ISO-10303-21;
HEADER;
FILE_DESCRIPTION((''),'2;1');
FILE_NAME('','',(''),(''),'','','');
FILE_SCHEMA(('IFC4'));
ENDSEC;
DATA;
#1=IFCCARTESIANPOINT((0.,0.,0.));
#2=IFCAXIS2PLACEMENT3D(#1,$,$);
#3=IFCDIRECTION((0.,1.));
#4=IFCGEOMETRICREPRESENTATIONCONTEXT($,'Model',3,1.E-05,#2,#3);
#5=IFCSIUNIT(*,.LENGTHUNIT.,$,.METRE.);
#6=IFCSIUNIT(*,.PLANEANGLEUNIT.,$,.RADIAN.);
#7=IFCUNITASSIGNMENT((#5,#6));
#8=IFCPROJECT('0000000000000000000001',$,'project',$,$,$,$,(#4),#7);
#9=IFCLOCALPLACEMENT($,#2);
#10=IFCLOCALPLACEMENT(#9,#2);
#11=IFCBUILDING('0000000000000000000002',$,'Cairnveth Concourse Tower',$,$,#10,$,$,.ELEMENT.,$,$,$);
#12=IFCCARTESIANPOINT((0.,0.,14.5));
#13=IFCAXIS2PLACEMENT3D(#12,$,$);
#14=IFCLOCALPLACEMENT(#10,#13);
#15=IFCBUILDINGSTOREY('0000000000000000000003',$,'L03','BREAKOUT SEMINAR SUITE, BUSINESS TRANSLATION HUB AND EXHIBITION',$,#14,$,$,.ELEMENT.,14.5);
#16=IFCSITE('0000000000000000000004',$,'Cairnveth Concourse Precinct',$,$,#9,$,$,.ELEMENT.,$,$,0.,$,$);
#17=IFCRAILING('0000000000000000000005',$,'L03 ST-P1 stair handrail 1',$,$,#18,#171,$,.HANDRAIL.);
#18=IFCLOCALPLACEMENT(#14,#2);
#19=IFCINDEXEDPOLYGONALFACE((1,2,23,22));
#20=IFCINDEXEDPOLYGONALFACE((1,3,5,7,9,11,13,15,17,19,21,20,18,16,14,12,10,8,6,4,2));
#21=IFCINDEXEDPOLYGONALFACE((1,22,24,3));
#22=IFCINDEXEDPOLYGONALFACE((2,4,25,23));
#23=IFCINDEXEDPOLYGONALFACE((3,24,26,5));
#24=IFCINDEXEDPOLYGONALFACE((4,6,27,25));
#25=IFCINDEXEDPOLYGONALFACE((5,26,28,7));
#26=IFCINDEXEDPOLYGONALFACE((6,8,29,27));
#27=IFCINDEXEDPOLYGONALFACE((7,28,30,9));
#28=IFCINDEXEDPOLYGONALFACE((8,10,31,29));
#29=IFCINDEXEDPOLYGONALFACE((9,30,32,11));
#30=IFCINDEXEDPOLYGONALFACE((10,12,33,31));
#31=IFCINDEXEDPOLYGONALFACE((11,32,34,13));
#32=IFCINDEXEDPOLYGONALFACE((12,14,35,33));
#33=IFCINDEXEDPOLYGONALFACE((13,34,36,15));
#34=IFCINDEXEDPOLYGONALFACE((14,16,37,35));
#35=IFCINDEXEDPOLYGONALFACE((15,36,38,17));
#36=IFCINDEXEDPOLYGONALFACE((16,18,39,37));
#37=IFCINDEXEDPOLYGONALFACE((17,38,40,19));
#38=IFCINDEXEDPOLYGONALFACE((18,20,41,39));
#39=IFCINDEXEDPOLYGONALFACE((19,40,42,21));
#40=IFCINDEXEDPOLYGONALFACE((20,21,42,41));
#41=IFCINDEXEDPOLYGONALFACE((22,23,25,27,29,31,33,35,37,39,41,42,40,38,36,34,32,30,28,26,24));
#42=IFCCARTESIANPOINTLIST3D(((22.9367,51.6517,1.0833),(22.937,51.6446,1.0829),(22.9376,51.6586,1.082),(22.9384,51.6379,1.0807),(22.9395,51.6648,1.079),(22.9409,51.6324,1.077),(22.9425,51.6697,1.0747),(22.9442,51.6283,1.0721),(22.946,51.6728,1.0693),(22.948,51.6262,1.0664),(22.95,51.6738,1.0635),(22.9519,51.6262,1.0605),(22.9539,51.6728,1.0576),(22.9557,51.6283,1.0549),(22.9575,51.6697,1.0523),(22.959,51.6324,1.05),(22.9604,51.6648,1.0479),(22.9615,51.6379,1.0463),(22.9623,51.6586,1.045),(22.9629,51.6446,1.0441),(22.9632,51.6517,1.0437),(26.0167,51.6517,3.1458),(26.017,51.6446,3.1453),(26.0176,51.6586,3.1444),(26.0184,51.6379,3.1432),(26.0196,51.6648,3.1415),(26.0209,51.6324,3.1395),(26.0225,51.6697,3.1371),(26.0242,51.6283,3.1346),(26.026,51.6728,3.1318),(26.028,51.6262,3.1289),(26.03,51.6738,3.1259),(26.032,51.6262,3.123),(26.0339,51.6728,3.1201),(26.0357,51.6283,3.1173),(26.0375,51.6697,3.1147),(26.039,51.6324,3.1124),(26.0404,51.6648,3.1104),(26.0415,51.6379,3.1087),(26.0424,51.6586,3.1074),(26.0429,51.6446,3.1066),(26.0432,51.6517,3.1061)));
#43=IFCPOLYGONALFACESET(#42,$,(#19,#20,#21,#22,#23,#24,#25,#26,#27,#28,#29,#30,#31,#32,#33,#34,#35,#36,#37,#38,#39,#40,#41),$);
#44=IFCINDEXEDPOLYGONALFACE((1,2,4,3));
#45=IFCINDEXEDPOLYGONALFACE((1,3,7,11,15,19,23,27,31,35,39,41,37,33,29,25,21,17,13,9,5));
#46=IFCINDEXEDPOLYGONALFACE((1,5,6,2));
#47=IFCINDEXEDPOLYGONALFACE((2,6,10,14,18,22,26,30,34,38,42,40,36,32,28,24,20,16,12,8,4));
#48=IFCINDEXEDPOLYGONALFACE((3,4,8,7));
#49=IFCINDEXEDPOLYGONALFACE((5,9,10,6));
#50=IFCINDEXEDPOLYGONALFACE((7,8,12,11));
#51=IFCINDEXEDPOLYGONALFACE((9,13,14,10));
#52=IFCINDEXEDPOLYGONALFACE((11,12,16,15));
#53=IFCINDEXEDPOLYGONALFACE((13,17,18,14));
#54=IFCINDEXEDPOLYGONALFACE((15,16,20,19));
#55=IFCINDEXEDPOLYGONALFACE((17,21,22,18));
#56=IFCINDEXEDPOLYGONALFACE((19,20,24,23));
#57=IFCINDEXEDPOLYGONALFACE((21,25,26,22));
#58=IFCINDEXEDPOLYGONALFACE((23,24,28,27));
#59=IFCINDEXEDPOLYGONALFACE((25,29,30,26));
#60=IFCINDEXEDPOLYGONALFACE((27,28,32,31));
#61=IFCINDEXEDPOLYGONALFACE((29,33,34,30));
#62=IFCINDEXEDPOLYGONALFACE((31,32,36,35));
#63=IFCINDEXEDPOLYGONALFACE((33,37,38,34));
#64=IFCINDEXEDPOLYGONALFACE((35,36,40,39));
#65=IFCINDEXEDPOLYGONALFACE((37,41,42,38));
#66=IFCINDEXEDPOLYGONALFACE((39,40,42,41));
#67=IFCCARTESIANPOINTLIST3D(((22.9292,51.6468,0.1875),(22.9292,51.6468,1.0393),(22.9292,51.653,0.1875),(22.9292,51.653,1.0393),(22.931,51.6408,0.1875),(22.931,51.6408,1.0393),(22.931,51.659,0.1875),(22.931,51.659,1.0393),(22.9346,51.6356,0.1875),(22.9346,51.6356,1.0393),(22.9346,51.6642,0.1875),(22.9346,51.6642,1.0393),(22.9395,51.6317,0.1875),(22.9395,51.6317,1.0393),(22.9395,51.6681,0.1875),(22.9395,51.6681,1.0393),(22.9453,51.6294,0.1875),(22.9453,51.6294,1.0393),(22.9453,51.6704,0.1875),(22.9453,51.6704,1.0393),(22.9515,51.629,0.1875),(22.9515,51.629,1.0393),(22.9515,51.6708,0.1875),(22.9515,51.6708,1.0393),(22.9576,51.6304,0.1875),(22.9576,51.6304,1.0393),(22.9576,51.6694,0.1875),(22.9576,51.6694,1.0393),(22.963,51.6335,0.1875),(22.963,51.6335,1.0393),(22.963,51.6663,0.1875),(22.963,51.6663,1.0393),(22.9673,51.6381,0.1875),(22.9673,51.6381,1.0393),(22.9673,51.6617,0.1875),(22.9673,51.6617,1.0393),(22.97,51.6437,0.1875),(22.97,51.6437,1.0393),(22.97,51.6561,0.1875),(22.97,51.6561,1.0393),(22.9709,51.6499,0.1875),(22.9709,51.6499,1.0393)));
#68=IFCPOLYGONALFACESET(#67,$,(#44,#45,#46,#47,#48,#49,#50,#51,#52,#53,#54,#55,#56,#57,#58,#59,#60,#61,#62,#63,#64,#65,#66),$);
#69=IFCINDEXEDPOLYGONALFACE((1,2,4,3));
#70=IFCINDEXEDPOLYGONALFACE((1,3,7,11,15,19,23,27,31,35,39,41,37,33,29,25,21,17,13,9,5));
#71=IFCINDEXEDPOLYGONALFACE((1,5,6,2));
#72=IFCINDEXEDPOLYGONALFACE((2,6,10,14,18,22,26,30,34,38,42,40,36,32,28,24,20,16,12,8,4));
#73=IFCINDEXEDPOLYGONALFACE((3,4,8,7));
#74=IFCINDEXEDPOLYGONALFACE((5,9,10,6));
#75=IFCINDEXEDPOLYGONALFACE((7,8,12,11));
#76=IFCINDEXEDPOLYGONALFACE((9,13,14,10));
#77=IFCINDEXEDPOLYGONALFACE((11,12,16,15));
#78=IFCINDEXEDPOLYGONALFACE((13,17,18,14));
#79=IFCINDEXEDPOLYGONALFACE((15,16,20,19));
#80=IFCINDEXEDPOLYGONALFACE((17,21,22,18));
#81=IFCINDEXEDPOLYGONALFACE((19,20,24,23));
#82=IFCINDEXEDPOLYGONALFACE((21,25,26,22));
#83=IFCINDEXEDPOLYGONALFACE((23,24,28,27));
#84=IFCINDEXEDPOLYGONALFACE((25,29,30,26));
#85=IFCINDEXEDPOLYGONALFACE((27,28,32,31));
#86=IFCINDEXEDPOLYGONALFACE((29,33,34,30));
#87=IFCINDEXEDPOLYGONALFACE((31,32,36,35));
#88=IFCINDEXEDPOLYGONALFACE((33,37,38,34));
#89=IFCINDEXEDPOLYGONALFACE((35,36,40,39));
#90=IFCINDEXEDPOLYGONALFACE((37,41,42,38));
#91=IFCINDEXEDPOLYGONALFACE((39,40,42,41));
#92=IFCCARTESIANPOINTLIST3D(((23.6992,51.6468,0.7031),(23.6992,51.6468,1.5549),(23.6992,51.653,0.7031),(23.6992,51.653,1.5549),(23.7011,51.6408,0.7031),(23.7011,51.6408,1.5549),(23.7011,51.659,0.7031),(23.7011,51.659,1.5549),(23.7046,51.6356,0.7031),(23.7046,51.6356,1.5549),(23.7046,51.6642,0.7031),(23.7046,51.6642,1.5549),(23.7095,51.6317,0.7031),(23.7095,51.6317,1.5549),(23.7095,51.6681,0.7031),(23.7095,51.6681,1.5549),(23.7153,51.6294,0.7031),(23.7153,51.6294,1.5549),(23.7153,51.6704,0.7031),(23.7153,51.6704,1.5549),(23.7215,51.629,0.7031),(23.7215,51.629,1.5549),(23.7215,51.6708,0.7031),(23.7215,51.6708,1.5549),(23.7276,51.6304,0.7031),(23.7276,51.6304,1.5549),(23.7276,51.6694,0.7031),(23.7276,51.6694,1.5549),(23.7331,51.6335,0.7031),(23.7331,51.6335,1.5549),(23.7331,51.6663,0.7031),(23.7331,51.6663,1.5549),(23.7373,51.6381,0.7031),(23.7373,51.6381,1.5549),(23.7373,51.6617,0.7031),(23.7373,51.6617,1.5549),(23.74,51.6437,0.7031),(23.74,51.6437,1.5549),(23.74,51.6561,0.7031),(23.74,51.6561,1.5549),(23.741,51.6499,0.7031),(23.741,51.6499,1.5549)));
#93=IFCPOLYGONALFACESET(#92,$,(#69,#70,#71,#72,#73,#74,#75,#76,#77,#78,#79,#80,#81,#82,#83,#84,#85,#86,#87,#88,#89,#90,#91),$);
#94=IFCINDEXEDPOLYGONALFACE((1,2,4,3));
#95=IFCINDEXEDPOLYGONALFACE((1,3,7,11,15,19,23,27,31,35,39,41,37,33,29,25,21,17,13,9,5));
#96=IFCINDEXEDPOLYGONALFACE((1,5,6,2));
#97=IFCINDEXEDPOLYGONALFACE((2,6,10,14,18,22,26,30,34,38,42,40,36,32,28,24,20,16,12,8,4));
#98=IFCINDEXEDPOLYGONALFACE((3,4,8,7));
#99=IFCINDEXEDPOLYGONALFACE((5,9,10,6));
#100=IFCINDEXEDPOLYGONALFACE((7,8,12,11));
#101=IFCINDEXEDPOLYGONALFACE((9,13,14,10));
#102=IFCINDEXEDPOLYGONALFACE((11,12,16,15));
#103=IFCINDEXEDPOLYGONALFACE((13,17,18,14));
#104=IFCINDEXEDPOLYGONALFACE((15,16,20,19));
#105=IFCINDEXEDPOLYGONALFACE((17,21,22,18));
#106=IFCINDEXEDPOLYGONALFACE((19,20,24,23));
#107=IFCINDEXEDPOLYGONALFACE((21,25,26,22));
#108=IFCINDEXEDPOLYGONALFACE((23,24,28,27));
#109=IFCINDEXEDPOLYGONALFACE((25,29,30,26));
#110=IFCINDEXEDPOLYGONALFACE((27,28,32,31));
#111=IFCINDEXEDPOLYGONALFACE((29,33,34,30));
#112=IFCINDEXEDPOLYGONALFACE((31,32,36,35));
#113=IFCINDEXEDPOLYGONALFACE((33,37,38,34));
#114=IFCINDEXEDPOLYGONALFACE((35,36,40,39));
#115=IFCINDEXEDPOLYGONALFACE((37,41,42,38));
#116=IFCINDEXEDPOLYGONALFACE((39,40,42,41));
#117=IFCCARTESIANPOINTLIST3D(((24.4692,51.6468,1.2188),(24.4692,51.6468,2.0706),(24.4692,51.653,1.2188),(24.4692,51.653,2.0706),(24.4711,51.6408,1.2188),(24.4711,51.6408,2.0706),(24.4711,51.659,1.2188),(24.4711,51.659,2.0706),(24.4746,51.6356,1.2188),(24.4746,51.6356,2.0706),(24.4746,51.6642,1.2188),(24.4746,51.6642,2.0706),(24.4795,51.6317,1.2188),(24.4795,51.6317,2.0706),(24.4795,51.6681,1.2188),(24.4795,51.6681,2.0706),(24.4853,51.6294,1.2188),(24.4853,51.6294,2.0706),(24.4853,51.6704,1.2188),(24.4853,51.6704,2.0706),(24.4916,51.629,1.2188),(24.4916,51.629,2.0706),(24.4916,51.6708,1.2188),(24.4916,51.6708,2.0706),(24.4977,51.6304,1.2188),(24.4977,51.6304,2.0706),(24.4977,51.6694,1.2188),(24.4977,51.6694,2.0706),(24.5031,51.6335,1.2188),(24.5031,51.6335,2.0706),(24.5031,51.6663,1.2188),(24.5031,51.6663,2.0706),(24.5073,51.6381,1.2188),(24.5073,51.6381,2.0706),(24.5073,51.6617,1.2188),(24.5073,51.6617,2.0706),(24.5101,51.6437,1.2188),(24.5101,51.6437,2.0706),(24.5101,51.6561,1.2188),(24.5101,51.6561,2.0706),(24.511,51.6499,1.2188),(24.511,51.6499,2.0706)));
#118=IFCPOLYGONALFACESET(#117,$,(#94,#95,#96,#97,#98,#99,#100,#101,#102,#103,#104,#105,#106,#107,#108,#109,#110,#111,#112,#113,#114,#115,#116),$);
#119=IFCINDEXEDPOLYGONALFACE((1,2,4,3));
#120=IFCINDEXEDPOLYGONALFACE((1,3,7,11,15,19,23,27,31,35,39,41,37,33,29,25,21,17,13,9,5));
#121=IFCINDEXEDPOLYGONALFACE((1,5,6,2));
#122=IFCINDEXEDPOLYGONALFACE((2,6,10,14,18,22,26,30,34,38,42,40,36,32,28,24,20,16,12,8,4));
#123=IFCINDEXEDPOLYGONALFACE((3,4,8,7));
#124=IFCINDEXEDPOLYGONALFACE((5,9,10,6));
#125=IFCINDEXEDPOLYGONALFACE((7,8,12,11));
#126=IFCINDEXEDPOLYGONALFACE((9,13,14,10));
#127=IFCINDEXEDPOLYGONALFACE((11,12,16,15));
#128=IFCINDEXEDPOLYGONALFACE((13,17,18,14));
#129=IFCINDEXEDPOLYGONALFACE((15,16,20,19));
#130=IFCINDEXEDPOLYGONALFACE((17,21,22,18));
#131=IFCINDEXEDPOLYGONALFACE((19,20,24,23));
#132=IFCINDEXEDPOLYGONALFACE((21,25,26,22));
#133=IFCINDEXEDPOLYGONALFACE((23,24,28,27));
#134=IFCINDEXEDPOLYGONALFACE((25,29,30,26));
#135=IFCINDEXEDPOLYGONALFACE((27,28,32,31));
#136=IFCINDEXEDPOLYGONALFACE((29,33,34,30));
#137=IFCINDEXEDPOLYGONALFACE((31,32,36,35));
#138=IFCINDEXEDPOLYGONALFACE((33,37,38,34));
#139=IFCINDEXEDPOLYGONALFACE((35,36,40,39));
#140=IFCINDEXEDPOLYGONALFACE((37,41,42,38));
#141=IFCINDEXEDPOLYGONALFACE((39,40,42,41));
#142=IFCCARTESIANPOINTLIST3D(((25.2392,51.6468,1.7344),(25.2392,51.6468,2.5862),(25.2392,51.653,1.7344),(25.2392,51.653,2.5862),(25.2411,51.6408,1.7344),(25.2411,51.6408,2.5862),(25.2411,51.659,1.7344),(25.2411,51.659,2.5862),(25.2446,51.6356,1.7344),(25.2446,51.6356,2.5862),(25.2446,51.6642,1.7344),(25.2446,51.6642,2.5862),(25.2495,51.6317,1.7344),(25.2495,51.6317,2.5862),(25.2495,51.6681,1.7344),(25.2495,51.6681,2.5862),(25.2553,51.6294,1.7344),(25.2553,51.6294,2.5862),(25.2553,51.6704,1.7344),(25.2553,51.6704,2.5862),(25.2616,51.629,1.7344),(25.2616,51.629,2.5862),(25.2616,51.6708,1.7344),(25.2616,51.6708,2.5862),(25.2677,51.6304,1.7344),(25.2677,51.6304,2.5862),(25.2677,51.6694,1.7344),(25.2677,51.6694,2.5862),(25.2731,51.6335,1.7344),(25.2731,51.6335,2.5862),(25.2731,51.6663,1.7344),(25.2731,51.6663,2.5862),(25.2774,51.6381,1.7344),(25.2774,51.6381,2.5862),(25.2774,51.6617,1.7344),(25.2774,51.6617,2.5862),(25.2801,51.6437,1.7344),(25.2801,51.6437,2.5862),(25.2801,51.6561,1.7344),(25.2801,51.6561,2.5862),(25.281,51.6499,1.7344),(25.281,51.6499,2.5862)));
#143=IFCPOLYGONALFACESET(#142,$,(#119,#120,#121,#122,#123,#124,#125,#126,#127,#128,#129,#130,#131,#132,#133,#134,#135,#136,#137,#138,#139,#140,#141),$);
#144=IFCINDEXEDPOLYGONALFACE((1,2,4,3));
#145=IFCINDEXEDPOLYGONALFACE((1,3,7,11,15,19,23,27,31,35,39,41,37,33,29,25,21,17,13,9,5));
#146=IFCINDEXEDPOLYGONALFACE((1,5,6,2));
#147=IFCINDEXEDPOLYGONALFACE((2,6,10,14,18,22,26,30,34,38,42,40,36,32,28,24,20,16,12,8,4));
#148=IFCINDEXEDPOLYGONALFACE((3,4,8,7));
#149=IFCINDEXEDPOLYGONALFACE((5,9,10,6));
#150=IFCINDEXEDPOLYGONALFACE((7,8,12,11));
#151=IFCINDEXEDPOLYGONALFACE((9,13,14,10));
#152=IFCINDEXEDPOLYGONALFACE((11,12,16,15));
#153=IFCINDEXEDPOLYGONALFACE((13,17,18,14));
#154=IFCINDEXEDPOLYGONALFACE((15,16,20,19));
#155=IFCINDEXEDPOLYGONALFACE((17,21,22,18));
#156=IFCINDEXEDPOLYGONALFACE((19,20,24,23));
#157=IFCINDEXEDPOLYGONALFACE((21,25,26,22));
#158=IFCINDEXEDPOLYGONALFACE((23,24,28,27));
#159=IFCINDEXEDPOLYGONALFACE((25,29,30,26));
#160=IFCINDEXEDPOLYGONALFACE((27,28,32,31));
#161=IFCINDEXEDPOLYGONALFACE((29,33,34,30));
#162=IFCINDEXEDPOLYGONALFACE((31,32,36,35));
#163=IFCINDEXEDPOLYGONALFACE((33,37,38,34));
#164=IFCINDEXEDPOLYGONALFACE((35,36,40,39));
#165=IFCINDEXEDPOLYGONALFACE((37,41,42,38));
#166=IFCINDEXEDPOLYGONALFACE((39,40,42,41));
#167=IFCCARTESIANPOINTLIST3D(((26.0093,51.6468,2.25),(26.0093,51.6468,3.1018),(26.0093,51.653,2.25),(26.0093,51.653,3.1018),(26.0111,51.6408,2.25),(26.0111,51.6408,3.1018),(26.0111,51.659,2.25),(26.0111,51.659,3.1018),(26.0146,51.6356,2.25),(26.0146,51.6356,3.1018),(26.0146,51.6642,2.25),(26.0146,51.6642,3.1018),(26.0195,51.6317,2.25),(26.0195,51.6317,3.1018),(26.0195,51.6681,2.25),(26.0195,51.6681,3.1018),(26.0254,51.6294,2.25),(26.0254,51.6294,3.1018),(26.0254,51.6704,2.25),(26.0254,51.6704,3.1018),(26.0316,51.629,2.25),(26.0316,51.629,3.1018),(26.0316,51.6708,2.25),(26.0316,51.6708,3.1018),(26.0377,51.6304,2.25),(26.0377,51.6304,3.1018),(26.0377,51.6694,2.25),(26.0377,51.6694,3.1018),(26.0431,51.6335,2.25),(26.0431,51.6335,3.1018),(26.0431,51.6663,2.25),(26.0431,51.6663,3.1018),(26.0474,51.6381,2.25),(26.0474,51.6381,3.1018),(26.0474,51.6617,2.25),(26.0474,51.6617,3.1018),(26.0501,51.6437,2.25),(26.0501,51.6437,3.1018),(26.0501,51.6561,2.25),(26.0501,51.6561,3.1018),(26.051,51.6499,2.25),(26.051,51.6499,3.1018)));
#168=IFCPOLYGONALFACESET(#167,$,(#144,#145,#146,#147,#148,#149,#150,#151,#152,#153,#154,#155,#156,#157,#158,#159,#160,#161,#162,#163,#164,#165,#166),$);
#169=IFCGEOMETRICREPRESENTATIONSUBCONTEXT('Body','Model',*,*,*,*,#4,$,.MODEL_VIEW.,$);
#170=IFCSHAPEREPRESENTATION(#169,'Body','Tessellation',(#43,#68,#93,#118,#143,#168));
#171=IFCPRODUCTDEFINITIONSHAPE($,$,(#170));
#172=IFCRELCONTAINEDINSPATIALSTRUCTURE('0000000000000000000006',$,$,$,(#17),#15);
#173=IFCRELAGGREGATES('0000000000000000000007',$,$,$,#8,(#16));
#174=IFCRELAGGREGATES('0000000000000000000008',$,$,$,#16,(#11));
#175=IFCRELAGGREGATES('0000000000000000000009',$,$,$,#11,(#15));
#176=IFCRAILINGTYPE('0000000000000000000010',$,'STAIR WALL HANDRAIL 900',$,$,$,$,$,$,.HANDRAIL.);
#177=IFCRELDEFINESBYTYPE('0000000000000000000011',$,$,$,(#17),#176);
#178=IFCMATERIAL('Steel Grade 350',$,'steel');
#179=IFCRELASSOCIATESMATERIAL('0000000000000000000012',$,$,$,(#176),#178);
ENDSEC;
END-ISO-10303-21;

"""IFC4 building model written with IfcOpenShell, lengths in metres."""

from ifc_helpers import new_model, si_unit, direction, frame, origin, origin_2d, place, context, subcontext, project, spatial, circle, extrude, material, type_object, element, save


model = new_model("IFC4")

# Units and contexts
model_context = context("Model", 3, precision=1e-05, world=origin(), true_north=direction((0.0, 1.0)))
body_context = subcontext(model_context, "Body", "Model", "MODEL_VIEW")
ifc_project = project(units=[si_unit("LENGTHUNIT", "METRE"), si_unit("PLANEANGLEUNIT", "RADIAN")], contexts=[model_context])

# Site, building, storey
site_placement = place(None, origin())
site = spatial("IfcSite", under=ifc_project, at=site_placement, Name="Cairnveth Concourse Precinct", CompositionType="ELEMENT", RefElevation=0.0)
building_placement = place(site_placement, origin())
building = spatial("IfcBuilding", under=site, at=building_placement, Name="Cairnveth Concourse Tower", CompositionType="ELEMENT")
storey_placement = place(building_placement, frame((0.0, 0.0, 14.5)))
storey = spatial("IfcBuildingStorey", under=building, at=storey_placement, Name="L03", Description="BREAKOUT SEMINAR SUITE, BUSINESS TRANSLATION HUB AND EXHIBITION", CompositionType="ELEMENT", Elevation=14.5)

# Shared definitions
ifc_material_1 = material(Name="Steel Grade 350", Category="steel")

# Railing
railing_type = type_object("IfcRailingType", Name="STAIR WALL HANDRAIL 900", PredefinedType="HANDRAIL", material=ifc_material_1)
railing_placement = place(storey_placement, frame((22.95, 51.6499, 0.1875)))
element("IfcRailing", 1, at=railing_placement, inside=storey, type_object=railing_type, Name="L03 ST-P1 stair handrail 1", PredefinedType="HANDRAIL", context=body_context, shape_type="SweptSolid", body=[
    extrude(circle(Radius=0.0239, at=origin_2d()), frame((0.0, 0.0, 0.876), z_axis=(0.830914, 0.0, 0.556401), x_axis=(0.0, 1.0, 0.0)), (0.0, 0.0, 1.0), 3.7068),
    extrude(circle(Radius=0.021, at=origin_2d()), origin(), (0.0, 0.0, 1.0), 0.8518),
    extrude(circle(Radius=0.021, at=origin_2d()), frame((0.77, 0.0, 0.5156)), (0.0, 0.0, 1.0), 0.8518),
    extrude(circle(Radius=0.021, at=origin_2d()), frame((1.54, 0.0, 1.0312)), (0.0, 0.0, 1.0), 0.8518),
    extrude(circle(Radius=0.021, at=origin_2d()), frame((2.3101, 0.0, 1.5469)), (0.0, 0.0, 1.0), 0.8518),
    extrude(circle(Radius=0.021, at=origin_2d()), frame((3.0801, 0.0, 2.0625)), (0.0, 0.0, 1.0), 0.8518),
])

save(model, "model.ifc")
